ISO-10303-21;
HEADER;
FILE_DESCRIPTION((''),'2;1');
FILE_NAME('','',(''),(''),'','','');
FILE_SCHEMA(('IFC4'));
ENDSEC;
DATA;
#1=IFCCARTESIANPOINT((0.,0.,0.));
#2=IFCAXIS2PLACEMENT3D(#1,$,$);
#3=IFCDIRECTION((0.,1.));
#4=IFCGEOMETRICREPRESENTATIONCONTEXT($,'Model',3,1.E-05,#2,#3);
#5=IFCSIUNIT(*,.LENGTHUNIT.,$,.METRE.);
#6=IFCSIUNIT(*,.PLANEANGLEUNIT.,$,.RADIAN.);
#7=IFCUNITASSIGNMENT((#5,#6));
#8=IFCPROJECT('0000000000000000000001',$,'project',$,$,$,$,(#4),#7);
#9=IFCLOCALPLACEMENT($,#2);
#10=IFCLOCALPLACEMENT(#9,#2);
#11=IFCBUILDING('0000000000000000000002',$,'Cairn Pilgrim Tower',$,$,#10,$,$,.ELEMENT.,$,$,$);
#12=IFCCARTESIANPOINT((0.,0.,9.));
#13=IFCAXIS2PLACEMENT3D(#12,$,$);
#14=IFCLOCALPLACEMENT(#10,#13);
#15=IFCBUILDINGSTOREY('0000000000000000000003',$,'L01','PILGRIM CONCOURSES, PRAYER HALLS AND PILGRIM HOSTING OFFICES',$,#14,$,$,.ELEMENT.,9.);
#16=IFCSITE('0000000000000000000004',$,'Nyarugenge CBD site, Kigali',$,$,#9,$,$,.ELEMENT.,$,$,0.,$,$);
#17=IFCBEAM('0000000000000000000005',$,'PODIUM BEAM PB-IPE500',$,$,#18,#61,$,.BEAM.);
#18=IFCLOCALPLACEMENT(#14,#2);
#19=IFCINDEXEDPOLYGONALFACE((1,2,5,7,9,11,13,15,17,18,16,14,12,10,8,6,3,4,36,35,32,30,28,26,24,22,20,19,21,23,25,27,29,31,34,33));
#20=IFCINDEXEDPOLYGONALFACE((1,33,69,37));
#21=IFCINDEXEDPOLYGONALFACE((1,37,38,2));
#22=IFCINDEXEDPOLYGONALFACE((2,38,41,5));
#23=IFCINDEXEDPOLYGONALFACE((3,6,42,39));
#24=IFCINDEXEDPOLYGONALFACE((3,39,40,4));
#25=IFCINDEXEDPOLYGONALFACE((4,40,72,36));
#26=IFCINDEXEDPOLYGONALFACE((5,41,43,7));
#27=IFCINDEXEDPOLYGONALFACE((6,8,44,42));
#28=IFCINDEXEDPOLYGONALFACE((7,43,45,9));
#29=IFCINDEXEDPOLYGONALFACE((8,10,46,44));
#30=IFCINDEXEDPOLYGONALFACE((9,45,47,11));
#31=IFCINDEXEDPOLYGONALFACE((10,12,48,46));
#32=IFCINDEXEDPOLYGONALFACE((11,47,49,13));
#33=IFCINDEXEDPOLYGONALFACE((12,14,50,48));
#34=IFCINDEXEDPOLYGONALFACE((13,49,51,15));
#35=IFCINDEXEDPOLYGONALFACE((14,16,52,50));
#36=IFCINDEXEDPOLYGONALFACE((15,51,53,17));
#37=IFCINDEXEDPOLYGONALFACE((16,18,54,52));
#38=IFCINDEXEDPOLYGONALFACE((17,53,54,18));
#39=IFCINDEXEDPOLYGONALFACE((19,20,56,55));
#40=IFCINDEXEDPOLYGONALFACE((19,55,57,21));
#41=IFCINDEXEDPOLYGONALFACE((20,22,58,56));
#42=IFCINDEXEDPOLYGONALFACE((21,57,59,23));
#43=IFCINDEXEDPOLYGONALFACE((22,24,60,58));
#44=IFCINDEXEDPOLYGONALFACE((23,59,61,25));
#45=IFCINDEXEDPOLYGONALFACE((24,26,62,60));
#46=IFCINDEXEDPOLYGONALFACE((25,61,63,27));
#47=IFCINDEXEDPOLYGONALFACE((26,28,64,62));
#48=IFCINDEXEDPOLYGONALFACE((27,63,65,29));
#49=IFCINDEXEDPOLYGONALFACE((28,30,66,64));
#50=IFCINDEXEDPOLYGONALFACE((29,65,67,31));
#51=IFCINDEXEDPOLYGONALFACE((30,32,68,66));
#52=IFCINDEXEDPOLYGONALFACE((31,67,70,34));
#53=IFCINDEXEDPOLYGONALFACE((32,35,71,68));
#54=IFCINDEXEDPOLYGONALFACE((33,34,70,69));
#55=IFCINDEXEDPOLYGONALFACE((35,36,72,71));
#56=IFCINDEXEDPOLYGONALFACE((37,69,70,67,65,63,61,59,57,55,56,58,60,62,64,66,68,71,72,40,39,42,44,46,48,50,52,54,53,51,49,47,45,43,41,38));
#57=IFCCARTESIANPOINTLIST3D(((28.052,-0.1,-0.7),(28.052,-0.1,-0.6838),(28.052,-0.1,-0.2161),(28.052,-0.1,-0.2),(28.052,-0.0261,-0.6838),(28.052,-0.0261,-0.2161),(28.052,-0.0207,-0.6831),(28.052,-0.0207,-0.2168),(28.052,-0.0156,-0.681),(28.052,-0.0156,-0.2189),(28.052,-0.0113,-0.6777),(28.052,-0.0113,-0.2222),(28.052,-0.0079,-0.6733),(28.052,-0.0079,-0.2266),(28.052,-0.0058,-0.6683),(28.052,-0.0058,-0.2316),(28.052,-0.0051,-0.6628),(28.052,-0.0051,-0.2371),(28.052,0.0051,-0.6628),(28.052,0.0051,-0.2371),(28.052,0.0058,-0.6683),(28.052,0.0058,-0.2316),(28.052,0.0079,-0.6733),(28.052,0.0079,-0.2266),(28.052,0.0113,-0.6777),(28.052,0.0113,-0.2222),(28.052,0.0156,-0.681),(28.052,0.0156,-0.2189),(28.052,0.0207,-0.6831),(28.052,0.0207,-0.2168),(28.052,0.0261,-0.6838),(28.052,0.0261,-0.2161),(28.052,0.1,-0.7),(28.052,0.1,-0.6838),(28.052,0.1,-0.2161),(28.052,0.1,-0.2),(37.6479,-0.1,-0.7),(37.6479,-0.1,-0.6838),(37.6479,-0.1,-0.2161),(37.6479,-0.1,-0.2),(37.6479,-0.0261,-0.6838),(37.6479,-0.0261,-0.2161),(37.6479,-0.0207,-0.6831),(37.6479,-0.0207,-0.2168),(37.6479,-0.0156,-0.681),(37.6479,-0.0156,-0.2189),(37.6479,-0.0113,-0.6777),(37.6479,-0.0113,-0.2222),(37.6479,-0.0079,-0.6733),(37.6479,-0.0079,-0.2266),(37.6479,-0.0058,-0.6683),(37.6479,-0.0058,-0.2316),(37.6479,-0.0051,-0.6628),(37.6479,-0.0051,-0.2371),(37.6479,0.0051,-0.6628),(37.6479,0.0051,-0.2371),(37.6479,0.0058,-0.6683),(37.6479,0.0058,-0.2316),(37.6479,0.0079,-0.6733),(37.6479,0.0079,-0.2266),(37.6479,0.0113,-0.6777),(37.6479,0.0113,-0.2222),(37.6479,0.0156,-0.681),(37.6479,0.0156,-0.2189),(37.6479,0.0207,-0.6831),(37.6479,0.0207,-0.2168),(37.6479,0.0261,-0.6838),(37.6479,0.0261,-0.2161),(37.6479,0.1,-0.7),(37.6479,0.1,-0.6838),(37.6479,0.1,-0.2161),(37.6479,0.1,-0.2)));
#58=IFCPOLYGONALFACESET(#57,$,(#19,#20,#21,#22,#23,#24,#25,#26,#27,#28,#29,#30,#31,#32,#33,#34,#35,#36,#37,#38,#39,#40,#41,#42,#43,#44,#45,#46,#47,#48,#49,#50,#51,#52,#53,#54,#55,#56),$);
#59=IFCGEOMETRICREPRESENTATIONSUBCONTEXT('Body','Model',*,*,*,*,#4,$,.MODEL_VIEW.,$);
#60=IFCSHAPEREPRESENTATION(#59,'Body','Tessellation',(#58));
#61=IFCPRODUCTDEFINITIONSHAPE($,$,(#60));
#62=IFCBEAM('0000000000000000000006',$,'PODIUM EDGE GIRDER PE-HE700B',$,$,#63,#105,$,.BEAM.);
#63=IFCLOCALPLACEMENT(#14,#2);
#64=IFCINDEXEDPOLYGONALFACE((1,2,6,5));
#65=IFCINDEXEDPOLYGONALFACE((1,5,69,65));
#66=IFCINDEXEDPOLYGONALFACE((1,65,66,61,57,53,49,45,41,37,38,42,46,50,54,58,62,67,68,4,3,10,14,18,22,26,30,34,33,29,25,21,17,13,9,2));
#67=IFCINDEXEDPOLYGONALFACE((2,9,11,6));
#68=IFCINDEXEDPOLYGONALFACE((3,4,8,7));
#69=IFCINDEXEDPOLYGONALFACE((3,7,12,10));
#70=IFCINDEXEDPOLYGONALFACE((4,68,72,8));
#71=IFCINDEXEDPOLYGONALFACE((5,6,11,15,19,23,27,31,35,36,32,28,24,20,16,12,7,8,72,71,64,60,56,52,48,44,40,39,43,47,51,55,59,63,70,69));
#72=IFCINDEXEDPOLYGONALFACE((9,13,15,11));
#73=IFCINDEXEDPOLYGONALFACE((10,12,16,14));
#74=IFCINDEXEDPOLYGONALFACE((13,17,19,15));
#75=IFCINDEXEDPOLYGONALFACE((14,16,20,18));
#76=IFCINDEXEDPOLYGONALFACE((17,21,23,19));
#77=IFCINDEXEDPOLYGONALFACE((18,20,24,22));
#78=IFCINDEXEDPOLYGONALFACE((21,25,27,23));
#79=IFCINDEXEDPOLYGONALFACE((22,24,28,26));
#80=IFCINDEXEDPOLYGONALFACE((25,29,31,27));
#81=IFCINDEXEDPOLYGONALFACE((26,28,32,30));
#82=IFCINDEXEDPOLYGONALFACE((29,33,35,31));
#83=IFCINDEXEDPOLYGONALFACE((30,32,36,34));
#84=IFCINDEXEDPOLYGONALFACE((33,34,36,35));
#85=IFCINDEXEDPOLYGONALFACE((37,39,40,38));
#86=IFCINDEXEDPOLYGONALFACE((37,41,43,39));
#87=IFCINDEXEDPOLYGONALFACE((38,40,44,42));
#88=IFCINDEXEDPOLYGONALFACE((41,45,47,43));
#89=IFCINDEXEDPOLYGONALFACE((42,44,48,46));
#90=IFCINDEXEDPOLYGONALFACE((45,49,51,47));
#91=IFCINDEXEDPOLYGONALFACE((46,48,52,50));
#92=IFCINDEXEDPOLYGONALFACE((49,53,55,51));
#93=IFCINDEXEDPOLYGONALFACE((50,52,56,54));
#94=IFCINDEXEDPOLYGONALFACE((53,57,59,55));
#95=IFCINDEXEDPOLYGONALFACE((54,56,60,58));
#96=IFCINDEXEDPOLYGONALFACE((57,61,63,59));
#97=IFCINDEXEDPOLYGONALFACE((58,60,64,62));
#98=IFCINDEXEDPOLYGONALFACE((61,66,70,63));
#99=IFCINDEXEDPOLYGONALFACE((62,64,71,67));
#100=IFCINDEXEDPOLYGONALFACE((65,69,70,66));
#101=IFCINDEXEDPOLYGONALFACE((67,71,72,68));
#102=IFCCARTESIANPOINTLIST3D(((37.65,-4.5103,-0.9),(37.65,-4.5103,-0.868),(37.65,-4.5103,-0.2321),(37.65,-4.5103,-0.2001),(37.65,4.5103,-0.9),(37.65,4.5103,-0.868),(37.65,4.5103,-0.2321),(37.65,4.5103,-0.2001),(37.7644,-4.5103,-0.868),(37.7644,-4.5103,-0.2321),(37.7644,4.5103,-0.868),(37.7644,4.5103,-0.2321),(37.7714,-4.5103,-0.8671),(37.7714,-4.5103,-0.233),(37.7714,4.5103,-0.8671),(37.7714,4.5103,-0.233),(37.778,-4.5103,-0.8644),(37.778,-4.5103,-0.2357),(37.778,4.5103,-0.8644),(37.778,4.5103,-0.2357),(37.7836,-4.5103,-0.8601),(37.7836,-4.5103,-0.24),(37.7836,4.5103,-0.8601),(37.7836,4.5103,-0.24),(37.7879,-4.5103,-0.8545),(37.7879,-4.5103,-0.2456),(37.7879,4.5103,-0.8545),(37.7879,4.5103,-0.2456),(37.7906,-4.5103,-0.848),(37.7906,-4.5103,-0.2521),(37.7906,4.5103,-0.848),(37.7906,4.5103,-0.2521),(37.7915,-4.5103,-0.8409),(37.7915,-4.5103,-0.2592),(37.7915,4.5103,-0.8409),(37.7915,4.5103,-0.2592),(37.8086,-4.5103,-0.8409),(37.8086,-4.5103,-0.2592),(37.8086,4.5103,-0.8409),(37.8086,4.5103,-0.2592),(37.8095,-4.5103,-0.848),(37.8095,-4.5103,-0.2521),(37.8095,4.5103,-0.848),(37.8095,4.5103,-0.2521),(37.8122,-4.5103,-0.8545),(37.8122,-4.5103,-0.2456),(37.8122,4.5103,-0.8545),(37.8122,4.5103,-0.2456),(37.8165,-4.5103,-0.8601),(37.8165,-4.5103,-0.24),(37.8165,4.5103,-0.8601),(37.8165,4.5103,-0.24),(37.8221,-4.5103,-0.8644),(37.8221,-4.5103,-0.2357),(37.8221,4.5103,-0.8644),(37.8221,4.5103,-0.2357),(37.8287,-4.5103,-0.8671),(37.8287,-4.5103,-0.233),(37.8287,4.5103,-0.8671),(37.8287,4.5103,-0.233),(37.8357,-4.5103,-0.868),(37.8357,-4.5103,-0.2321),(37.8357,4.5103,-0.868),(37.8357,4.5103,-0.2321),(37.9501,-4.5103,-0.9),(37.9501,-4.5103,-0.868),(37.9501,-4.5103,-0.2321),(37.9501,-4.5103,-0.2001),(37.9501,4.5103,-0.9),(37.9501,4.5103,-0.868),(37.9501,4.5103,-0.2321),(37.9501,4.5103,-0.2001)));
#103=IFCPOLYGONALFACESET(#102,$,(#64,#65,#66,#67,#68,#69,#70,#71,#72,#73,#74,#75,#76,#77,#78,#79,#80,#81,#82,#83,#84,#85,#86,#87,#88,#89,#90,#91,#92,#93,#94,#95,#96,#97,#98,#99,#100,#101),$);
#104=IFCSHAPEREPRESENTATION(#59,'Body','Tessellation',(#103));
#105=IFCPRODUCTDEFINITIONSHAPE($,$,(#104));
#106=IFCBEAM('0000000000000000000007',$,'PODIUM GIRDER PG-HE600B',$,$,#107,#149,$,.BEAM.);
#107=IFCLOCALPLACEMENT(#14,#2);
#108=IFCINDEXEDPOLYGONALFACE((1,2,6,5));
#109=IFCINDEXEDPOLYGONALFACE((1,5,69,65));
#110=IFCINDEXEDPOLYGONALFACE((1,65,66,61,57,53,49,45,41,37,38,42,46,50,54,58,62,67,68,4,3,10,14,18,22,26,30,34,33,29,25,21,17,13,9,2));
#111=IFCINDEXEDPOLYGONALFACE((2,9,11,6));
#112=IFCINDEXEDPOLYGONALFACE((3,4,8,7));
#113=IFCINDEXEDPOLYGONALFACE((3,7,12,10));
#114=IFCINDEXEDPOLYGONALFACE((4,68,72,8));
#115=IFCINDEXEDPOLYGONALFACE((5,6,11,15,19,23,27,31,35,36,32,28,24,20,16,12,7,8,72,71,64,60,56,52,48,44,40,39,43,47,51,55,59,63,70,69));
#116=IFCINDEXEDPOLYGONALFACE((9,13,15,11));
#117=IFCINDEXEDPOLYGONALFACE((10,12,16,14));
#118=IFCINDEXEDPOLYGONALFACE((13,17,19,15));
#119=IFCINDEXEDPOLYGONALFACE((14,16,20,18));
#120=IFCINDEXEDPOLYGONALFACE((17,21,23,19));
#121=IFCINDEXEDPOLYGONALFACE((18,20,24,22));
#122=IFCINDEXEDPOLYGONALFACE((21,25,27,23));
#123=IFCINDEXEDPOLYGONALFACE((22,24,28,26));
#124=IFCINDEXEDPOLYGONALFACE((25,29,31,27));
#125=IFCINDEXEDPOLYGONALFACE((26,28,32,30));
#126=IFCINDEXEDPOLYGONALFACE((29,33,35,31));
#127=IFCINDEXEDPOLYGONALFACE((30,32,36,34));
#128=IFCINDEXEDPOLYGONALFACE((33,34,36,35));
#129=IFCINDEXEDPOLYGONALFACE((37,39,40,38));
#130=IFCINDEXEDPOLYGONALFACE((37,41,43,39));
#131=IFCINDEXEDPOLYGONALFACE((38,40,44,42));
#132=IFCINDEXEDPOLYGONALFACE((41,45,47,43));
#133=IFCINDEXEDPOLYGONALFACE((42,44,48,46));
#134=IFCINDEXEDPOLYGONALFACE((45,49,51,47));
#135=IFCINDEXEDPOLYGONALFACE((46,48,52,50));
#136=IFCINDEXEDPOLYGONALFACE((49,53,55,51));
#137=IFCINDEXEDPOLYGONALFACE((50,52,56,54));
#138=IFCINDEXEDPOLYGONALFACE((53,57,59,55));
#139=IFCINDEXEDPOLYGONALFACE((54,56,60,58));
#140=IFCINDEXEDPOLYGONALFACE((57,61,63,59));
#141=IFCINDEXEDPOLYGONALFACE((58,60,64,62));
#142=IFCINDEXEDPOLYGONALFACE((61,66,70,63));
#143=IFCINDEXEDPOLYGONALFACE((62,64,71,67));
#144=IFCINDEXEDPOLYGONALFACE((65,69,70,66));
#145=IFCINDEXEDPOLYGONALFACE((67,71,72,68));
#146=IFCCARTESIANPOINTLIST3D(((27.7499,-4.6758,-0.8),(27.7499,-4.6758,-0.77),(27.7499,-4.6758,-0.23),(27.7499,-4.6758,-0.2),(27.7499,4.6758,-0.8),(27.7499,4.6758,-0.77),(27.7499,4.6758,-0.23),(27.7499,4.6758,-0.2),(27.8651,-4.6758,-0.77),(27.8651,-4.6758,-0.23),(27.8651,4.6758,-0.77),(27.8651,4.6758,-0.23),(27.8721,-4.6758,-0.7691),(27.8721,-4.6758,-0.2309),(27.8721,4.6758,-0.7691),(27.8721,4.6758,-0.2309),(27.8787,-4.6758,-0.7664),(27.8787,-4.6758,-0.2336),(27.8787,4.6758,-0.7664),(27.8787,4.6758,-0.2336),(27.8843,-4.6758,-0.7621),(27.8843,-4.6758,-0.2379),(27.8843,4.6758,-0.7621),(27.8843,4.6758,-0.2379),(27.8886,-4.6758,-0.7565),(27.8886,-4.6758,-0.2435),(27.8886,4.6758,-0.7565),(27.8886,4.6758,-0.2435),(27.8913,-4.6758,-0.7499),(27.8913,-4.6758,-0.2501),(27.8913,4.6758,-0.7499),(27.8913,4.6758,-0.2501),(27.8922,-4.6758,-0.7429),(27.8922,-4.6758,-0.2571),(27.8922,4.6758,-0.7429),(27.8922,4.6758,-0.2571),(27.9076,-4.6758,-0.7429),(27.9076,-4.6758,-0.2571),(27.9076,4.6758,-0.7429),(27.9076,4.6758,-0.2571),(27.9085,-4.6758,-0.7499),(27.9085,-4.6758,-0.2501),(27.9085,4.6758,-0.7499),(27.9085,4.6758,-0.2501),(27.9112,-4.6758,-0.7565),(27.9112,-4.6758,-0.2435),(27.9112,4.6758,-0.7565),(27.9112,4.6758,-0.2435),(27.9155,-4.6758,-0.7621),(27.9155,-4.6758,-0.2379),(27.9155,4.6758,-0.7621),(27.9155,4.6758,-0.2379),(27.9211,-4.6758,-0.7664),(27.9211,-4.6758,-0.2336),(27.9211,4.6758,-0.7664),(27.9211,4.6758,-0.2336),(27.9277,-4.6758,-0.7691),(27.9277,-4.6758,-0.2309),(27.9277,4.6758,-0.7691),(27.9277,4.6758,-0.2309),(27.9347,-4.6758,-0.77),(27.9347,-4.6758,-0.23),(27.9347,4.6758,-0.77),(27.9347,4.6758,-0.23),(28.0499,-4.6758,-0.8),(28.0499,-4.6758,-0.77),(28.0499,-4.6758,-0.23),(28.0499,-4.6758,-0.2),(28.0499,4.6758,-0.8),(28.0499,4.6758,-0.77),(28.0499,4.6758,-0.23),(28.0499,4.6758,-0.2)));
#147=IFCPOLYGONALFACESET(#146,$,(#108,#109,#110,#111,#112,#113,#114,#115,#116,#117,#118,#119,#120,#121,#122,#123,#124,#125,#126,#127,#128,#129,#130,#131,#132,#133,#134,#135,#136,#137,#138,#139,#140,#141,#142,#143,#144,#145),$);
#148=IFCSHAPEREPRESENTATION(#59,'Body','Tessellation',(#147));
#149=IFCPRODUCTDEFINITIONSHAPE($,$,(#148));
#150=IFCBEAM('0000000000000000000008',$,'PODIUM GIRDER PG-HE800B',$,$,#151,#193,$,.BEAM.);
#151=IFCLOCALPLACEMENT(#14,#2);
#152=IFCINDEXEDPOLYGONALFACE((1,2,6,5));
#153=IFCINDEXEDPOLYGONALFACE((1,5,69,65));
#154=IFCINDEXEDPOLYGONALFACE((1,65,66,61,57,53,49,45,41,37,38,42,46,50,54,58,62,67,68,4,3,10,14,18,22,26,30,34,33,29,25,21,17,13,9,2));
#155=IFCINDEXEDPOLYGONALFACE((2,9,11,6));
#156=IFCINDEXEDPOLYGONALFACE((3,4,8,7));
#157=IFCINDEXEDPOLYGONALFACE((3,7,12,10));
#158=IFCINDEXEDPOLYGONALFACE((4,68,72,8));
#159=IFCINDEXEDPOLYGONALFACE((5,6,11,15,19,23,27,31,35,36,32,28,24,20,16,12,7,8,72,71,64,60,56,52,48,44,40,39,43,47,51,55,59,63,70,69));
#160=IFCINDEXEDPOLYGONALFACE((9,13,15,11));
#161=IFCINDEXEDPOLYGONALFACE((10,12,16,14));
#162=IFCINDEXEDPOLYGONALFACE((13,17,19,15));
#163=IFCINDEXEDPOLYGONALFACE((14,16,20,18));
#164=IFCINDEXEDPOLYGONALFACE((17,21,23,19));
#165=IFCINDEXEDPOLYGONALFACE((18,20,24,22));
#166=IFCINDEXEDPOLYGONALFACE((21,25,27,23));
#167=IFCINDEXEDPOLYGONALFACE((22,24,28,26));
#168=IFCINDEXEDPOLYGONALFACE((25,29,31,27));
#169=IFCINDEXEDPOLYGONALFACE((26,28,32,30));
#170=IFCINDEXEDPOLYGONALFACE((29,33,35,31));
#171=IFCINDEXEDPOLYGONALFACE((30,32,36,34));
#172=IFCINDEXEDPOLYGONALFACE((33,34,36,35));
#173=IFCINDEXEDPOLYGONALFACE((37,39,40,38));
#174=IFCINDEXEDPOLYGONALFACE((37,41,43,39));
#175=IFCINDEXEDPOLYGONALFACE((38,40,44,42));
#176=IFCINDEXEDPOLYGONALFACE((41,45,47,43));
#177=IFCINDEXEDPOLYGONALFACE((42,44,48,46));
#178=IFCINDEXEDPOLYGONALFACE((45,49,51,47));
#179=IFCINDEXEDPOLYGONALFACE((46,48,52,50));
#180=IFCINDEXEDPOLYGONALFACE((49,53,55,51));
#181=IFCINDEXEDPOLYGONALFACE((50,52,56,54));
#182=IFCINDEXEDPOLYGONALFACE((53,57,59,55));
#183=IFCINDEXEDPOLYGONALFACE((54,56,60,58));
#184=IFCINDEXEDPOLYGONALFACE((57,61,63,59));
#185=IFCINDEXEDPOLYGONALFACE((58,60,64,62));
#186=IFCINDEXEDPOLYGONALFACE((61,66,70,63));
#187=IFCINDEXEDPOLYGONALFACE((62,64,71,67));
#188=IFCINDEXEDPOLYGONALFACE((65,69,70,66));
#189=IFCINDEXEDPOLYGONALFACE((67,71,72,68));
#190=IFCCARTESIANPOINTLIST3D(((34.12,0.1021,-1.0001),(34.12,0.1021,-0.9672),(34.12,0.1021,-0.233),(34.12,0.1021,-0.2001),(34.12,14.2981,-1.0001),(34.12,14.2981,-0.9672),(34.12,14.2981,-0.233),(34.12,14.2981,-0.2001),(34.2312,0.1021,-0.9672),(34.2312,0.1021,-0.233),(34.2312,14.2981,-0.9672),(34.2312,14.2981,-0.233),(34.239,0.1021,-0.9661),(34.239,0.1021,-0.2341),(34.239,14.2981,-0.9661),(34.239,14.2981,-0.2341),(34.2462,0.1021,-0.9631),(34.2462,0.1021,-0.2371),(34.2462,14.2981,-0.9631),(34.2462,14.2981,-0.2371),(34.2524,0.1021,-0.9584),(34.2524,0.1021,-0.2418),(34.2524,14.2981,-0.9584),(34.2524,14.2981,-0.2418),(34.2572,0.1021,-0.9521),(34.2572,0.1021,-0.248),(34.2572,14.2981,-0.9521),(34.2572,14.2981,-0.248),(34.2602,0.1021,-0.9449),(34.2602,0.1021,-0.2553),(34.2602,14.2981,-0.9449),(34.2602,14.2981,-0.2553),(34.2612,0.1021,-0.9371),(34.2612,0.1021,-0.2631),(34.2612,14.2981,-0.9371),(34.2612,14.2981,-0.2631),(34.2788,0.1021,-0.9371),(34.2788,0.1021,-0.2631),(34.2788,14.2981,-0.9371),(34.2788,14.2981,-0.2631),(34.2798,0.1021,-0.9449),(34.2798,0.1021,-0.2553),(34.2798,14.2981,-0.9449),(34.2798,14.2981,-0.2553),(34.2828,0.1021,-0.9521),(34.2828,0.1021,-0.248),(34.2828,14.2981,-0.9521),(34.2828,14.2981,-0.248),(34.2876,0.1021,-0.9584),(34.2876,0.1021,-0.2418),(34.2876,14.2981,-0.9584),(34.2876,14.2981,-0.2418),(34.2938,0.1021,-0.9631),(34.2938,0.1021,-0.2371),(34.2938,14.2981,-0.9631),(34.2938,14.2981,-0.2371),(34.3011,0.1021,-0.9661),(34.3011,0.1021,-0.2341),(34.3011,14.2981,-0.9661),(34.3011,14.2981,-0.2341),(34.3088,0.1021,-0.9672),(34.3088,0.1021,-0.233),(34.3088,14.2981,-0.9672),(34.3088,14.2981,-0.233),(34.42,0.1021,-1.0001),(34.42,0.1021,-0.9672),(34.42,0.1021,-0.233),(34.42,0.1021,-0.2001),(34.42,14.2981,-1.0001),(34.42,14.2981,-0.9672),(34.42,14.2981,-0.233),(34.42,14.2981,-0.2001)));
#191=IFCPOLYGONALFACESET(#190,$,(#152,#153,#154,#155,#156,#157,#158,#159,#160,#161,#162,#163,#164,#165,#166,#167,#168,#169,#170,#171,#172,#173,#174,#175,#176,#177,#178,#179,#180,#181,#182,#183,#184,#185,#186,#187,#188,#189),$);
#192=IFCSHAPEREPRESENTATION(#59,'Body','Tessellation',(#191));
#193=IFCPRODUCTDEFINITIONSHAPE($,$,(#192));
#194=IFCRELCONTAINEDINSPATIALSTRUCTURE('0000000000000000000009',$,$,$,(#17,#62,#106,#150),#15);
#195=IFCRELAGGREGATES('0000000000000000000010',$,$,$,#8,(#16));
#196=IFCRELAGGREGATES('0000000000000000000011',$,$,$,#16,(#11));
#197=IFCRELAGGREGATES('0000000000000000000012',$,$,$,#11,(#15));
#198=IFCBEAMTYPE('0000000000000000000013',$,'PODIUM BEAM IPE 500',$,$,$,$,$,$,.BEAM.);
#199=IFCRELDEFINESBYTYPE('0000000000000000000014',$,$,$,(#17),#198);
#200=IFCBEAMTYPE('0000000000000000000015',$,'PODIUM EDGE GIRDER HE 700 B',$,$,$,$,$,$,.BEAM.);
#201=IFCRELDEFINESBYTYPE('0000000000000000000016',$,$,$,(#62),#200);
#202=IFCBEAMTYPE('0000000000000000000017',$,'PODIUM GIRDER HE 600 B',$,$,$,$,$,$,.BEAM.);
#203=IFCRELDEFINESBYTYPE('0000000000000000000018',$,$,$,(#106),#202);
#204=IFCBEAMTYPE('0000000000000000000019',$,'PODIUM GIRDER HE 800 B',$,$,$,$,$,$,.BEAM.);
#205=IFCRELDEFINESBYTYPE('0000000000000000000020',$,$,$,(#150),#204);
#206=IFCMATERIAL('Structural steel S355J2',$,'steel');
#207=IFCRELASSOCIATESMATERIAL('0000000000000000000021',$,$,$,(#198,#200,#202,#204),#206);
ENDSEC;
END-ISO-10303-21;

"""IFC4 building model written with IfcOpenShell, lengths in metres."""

from ifc_helpers import new_model, si_unit, direction, frame, origin, origin_2d, place, context, subcontext, project, spatial, i_section, extrude, material, material_profile, profile_set, type_object, element, save


model = new_model("IFC4")

# Units and contexts
model_context = context("Model", 3, precision=1e-05, world=origin(), true_north=direction((0.0, 1.0)))
body_context = subcontext(model_context, "Body", "Model", "MODEL_VIEW")
ifc_project = project(units=[si_unit("LENGTHUNIT", "METRE"), si_unit("PLANEANGLEUNIT", "RADIAN")], contexts=[model_context])

# Site, building, storey
site_placement = place(None, origin())
site = spatial("IfcSite", under=ifc_project, at=site_placement, Name="Nyarugenge CBD site, Kigali", CompositionType="ELEMENT", RefElevation=0.0)
building_placement = place(site_placement, origin())
building = spatial("IfcBuilding", under=site, at=building_placement, Name="Cairn Pilgrim Tower", CompositionType="ELEMENT")
storey_placement = place(building_placement, frame((0.0, 0.0, 9.0)))
storey = spatial("IfcBuildingStorey", under=building, at=storey_placement, Name="L01", Description="PILGRIM CONCOURSES, PRAYER HALLS AND PILGRIM HOSTING OFFICES", CompositionType="ELEMENT", Elevation=9.0)

# Shared definitions
ifc_material_1 = material(Name="Structural steel S355J2", Category="steel")

# Beams
ifc_material_profile_1 = material_profile(ifc_material_1, i_section(OverallWidth=0.2, OverallDepth=0.5, WebThickness=0.0103, FlangeThickness=0.0161, FilletRadius=0.021, at=origin_2d()), Name="IPE 500")
ifc_profile_set_1 = profile_set([ifc_material_profile_1], Name="Structural steel S355J2")
beam_type_1 = type_object("IfcBeamType", Name="PODIUM BEAM IPE 500", PredefinedType="BEAM", material=ifc_profile_set_1)
beam_1_placement = place(storey_placement, frame((28.052, 0.0, -0.45), z_axis=(1.0, 0.0, 0.0), x_axis=(0.0, 1.0, 0.0)))
element("IfcBeam", 1, at=beam_1_placement, inside=storey, type_object=beam_type_1, Name="PODIUM BEAM PB-IPE500", PredefinedType="BEAM", context=body_context, shape_type="SweptSolid", body=[
    extrude(i_section(OverallWidth=0.2, OverallDepth=0.5, WebThickness=0.0103, FlangeThickness=0.0161, FilletRadius=0.021, at=origin_2d()), origin(), (0.0, 0.0, 1.0), 9.5959),
])
ifc_material_profile_2 = material_profile(ifc_material_1, i_section(OverallWidth=0.3, OverallDepth=0.7, WebThickness=0.0171, FlangeThickness=0.032, FilletRadius=0.0271, at=origin_2d()), Name="HEB 700")
ifc_profile_set_2 = profile_set([ifc_material_profile_2], Name="Structural steel S355J2")
beam_type_2 = type_object("IfcBeamType", Name="PODIUM EDGE GIRDER HE 700 B", PredefinedType="BEAM", material=ifc_profile_set_2)
beam_2_placement = place(storey_placement, frame((37.8, -4.5103, -0.55), z_axis=(0.0, 1.0, 0.0), x_axis=(-1.0, 0.0, 0.0)))
element("IfcBeam", 2, at=beam_2_placement, inside=storey, type_object=beam_type_2, Name="PODIUM EDGE GIRDER PE-HE700B", PredefinedType="BEAM", context=body_context, shape_type="SweptSolid", body=[
    extrude(i_section(OverallWidth=0.3, OverallDepth=0.7, WebThickness=0.0171, FlangeThickness=0.032, FilletRadius=0.0271, at=origin_2d()), origin(), (0.0, 0.0, 1.0), 9.0205),
])
ifc_material_profile_3 = material_profile(ifc_material_1, i_section(OverallWidth=0.3, OverallDepth=0.6001, WebThickness=0.0154, FlangeThickness=0.03, FilletRadius=0.0271, at=origin_2d()), Name="HEB 600")
ifc_profile_set_3 = profile_set([ifc_material_profile_3], Name="Structural steel S355J2")
beam_type_3 = type_object("IfcBeamType", Name="PODIUM GIRDER HE 600 B", PredefinedType="BEAM", material=ifc_profile_set_3)
beam_3_placement = place(storey_placement, frame((27.8999, -4.6758, -0.5), z_axis=(0.0, 1.0, 0.0), x_axis=(-1.0, 0.0, 0.0)))
element("IfcBeam", 3, at=beam_3_placement, inside=storey, type_object=beam_type_3, Name="PODIUM GIRDER PG-HE600B", PredefinedType="BEAM", context=body_context, shape_type="SweptSolid", body=[
    extrude(i_section(OverallWidth=0.3, OverallDepth=0.6001, WebThickness=0.0154, FlangeThickness=0.03, FilletRadius=0.0271, at=origin_2d()), origin(), (0.0, 0.0, 1.0), 9.3516),
])
ifc_material_profile_4 = material_profile(ifc_material_1, i_section(OverallWidth=0.3, OverallDepth=0.8, WebThickness=0.0176, FlangeThickness=0.033, FilletRadius=0.03, at=origin_2d()), Name="HEB 800")
ifc_profile_set_4 = profile_set([ifc_material_profile_4], Name="Structural steel S355J2")
beam_type_4 = type_object("IfcBeamType", Name="PODIUM GIRDER HE 800 B", PredefinedType="BEAM", material=ifc_profile_set_4)
beam_4_placement = place(storey_placement, frame((34.27, 0.1021, -0.6001), z_axis=(0.0, 1.0, 0.0), x_axis=(-1.0, 0.0, 0.0)))
element("IfcBeam", 4, at=beam_4_placement, inside=storey, type_object=beam_type_4, Name="PODIUM GIRDER PG-HE800B", PredefinedType="BEAM", context=body_context, shape_type="SweptSolid", body=[
    extrude(i_section(OverallWidth=0.3, OverallDepth=0.8, WebThickness=0.0176, FlangeThickness=0.033, FilletRadius=0.03, at=origin_2d()), origin(), (0.0, 0.0, 1.0), 14.196),
])

save(model, "model.ifc")
